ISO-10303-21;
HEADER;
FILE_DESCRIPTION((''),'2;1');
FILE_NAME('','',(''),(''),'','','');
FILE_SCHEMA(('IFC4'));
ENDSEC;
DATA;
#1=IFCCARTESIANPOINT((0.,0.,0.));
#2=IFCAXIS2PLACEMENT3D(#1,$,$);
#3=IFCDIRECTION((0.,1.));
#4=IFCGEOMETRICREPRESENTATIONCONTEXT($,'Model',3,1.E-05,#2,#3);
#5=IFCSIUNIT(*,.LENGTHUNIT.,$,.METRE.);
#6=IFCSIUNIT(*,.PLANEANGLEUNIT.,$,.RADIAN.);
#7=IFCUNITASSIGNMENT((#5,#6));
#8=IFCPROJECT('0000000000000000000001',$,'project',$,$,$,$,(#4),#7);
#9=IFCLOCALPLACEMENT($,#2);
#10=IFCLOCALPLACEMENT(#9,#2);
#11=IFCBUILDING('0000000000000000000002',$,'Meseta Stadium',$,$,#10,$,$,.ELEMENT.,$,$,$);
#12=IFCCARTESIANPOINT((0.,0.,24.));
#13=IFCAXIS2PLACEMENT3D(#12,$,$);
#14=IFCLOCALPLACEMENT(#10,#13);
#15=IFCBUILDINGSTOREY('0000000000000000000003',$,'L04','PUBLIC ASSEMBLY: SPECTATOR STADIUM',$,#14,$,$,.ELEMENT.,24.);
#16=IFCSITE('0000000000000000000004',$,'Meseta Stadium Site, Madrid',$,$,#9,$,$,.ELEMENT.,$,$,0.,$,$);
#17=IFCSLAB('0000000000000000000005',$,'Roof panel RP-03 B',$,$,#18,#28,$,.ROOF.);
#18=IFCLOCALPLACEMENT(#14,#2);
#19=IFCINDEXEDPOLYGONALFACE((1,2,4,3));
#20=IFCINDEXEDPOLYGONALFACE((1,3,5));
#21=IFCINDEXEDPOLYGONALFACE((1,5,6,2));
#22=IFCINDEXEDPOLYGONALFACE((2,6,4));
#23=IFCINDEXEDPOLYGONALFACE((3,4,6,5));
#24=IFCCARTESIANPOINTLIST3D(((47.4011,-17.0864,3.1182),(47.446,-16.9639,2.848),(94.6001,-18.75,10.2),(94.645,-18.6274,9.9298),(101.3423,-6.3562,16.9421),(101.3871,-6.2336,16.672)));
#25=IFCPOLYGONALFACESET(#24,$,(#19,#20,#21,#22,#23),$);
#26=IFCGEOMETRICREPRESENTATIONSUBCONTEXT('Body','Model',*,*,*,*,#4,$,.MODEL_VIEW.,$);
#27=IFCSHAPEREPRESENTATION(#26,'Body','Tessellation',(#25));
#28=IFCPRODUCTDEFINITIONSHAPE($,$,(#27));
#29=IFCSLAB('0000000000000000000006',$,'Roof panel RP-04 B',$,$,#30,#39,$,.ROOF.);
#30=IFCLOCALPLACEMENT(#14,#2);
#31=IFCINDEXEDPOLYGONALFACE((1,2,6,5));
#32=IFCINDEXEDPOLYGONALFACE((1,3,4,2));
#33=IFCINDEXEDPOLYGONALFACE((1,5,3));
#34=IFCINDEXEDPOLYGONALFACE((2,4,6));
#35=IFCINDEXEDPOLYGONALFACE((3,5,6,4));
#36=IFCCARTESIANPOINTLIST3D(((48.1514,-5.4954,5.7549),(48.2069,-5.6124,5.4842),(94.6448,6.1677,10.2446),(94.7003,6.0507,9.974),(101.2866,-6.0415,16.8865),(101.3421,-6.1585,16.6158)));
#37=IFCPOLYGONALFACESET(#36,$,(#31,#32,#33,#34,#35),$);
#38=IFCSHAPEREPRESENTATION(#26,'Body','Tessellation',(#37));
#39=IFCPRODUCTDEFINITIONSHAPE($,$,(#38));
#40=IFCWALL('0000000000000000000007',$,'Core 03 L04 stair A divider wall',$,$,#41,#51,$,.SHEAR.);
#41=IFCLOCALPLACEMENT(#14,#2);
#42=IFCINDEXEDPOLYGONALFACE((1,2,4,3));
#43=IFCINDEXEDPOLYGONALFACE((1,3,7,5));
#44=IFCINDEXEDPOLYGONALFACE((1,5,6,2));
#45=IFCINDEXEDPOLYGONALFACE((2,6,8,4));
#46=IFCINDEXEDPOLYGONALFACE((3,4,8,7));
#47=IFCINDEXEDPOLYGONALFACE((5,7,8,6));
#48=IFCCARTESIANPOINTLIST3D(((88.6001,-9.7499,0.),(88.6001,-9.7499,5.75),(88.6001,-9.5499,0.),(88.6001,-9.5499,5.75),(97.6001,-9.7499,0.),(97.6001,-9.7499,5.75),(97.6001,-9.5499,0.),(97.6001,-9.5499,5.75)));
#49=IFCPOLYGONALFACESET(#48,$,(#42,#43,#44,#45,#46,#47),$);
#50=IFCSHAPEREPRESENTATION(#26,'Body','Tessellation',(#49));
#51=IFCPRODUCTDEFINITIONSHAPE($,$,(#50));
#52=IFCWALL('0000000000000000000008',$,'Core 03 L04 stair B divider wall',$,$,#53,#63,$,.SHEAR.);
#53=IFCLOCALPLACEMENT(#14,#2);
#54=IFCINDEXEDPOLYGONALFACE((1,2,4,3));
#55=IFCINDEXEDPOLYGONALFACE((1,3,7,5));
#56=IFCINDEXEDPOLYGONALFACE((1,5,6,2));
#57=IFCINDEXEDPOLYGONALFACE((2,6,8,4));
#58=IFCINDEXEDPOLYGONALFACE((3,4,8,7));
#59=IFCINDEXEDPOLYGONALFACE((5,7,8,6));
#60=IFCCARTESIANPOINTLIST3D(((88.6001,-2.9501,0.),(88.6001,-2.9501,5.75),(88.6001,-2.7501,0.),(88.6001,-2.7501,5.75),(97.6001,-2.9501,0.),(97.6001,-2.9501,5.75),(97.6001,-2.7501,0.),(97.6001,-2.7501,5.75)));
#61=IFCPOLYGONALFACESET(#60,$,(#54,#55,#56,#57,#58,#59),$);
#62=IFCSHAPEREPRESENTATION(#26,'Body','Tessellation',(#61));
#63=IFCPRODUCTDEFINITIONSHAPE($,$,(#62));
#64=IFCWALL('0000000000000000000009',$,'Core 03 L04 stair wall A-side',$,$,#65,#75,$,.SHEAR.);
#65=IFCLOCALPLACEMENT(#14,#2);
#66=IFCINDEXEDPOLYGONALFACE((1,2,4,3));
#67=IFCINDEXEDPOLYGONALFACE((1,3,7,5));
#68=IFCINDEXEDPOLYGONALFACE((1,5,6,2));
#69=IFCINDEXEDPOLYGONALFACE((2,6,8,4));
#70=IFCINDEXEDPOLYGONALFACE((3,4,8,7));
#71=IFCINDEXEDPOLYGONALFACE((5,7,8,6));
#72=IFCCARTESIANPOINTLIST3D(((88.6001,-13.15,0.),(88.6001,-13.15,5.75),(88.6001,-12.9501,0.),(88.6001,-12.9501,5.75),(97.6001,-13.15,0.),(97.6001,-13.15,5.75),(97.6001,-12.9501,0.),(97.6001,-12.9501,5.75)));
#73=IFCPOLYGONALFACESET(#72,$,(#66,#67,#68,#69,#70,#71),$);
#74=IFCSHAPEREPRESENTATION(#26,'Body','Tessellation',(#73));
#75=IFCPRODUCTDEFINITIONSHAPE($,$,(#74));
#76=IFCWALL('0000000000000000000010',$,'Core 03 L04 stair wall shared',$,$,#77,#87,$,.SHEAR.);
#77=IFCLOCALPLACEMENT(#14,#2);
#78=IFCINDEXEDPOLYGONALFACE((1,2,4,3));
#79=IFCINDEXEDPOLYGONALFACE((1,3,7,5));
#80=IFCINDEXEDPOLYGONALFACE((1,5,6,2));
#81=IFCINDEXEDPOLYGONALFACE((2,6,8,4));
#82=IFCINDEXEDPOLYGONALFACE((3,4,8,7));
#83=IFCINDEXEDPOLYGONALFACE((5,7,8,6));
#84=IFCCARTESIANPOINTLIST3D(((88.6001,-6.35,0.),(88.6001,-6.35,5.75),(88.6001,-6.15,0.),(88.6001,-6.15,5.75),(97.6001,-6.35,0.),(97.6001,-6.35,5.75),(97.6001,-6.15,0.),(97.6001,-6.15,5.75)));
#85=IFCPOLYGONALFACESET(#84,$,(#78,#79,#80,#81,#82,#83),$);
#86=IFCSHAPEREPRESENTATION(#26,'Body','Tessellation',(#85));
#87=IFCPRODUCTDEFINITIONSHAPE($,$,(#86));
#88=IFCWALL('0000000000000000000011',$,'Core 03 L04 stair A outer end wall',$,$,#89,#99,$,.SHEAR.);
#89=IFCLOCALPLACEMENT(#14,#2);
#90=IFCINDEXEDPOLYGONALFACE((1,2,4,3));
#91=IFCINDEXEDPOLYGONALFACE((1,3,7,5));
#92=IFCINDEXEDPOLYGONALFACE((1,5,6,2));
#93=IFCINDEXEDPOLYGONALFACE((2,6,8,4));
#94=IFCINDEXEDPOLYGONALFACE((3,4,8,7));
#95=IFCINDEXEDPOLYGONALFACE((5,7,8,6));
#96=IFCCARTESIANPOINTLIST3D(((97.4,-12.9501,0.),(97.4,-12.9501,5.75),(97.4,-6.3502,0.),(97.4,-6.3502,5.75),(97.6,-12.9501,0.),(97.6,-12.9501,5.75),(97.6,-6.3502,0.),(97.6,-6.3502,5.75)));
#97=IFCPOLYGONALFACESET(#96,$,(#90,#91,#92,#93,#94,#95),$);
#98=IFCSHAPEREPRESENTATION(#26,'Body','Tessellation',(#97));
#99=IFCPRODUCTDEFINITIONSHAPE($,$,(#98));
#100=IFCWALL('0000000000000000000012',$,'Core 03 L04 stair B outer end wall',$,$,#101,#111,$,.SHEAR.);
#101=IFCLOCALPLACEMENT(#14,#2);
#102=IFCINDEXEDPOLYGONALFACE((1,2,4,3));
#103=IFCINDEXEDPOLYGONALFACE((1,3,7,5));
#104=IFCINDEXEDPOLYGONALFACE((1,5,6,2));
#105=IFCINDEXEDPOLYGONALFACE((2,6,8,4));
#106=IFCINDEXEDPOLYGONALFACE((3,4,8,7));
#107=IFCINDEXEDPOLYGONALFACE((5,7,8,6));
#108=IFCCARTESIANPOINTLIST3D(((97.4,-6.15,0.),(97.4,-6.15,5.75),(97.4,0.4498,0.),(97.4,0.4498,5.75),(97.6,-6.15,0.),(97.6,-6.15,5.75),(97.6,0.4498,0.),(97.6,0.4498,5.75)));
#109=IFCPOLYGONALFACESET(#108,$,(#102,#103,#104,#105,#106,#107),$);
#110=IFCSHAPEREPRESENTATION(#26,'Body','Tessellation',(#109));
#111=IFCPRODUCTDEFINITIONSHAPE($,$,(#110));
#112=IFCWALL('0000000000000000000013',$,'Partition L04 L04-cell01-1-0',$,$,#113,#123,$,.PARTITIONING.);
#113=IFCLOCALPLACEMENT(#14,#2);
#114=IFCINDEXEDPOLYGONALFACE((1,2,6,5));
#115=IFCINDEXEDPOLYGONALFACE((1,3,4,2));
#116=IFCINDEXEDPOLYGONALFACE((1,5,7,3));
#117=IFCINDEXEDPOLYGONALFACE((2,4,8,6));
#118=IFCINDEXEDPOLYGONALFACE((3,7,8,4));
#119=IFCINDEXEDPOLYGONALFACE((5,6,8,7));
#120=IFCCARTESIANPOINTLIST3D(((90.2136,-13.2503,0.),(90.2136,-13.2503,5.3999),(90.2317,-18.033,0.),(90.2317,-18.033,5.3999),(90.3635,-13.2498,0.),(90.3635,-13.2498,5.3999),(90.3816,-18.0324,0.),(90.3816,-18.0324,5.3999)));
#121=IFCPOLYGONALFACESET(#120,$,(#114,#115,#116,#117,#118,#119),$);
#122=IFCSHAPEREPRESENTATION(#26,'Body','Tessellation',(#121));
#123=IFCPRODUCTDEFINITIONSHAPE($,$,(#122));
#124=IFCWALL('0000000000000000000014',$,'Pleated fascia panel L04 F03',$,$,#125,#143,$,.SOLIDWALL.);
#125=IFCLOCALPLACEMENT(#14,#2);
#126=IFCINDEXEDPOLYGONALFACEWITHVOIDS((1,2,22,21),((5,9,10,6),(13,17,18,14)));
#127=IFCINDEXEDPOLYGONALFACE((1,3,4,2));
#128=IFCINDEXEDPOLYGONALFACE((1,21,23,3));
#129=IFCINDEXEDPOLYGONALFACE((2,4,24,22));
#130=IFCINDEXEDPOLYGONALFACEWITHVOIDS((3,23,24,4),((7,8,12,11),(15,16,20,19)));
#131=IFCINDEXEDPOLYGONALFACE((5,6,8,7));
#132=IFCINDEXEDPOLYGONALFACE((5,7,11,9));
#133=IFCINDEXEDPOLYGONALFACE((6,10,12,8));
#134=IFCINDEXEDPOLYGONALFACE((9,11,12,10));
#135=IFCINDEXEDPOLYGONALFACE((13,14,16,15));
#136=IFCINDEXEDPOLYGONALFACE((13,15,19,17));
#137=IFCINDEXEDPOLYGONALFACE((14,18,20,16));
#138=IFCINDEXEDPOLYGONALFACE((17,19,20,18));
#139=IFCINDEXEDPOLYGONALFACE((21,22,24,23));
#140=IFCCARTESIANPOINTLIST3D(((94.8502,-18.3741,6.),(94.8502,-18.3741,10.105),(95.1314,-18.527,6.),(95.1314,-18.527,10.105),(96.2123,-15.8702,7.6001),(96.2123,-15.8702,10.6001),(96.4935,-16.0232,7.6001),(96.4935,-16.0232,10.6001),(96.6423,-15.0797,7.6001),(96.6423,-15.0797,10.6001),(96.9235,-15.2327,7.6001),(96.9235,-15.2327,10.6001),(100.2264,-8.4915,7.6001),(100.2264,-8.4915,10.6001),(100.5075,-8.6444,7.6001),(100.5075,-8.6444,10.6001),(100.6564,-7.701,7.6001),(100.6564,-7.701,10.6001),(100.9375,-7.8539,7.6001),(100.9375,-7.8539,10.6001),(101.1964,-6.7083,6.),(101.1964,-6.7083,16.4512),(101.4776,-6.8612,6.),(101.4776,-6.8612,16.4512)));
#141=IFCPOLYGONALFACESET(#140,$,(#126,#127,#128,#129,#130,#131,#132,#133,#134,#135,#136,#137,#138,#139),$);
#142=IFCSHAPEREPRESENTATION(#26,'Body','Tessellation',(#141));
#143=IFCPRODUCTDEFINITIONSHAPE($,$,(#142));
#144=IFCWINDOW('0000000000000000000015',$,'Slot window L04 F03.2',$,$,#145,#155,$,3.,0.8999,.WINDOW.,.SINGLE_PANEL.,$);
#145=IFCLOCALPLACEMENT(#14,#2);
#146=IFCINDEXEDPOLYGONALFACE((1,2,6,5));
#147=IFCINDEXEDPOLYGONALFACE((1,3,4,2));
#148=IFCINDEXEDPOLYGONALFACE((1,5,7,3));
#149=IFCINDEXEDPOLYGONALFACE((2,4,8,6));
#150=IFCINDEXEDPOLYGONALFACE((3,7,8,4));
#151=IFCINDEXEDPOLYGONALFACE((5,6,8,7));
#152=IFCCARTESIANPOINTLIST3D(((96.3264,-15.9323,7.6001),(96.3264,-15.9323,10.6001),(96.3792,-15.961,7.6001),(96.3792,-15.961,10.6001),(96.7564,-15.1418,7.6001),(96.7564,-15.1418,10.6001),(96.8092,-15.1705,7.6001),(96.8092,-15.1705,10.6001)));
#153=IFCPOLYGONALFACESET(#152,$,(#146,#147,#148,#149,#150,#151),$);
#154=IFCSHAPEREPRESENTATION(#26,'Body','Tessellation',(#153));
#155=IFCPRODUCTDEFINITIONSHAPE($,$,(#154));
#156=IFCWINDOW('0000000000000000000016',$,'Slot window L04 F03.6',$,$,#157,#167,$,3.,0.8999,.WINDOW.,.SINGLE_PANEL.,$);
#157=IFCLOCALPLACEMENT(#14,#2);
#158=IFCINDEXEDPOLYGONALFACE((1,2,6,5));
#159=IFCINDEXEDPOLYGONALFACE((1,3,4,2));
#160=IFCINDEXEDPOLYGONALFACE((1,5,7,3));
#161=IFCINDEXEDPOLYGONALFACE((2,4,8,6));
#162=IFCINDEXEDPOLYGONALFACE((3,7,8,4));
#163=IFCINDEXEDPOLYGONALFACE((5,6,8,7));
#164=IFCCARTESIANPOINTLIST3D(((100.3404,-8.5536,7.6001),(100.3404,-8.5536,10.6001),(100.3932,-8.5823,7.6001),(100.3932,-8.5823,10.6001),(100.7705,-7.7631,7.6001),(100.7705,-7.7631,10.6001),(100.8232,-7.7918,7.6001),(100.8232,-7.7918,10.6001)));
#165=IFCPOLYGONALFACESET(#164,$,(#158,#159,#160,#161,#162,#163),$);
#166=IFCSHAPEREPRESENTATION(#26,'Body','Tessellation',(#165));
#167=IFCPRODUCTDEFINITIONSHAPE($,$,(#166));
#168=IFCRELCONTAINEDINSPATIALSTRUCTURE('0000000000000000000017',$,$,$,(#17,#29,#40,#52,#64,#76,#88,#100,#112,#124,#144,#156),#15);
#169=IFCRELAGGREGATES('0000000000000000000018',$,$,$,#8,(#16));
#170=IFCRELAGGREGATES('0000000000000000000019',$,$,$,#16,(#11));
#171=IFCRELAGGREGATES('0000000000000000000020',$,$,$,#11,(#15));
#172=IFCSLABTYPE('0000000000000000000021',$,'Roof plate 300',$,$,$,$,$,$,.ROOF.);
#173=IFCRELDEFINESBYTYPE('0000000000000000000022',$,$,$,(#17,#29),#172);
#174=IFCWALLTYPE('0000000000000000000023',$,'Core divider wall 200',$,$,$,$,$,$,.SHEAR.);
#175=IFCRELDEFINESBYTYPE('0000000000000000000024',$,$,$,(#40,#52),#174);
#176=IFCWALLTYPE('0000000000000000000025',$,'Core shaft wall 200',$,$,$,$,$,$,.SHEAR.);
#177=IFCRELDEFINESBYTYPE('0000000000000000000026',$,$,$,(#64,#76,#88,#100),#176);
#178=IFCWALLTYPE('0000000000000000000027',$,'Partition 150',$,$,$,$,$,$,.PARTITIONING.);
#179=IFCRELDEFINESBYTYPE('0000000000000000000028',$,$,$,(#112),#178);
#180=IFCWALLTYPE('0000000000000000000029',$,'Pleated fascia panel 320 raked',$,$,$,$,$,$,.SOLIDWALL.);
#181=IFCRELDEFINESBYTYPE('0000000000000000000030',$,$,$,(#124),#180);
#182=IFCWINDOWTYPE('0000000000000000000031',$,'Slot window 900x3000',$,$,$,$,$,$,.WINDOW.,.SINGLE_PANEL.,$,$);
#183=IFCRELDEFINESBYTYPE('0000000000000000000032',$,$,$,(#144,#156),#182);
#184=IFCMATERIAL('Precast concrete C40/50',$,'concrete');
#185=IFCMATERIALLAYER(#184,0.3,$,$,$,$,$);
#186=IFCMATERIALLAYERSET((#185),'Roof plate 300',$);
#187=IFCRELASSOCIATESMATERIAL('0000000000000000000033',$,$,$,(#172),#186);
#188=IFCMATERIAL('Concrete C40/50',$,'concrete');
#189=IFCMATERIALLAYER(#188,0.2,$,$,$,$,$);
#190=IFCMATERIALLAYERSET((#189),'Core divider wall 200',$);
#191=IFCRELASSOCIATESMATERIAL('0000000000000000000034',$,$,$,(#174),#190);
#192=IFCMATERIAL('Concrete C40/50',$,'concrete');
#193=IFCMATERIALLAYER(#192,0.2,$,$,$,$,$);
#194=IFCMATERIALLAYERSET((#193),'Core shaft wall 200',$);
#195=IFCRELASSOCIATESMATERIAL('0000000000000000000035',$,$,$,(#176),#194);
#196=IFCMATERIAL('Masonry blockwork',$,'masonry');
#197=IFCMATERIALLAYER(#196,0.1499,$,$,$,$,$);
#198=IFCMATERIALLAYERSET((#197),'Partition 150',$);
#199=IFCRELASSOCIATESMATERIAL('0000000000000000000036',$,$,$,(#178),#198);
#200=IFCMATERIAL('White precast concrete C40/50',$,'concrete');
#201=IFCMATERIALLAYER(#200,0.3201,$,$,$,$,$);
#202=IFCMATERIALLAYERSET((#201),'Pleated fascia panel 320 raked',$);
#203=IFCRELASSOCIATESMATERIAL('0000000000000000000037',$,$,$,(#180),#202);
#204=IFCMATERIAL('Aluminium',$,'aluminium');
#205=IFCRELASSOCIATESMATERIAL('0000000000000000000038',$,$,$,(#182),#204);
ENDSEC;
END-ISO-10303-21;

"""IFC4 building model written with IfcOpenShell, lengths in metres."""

from ifc_helpers import new_model, si_unit, direction, frame, frame_2d, origin, place, context, subcontext, project, spatial, polyline, rectangle, outline, extrude, material, layer, layer_set, type_object, element, fill, save


model = new_model("IFC4")

# Units and contexts
model_context = context("Model", 3, precision=1e-05, world=origin(), true_north=direction((0.0, 1.0)))
body_context = subcontext(model_context, "Body", "Model", "MODEL_VIEW")
ifc_project = project(units=[si_unit("LENGTHUNIT", "METRE"), si_unit("PLANEANGLEUNIT", "RADIAN")], contexts=[model_context])

# Site, building, storey
site_placement = place(None, origin())
site = spatial("IfcSite", under=ifc_project, at=site_placement, Name="Meseta Stadium Site, Madrid", CompositionType="ELEMENT", RefElevation=0.0)
building_placement = place(site_placement, origin())
building = spatial("IfcBuilding", under=site, at=building_placement, Name="Meseta Stadium", CompositionType="ELEMENT")
storey_placement = place(building_placement, frame((0.0, 0.0, 24.0)))
storey = spatial("IfcBuildingStorey", under=building, at=storey_placement, Name="L04", Description="PUBLIC ASSEMBLY: SPECTATOR STADIUM", CompositionType="ELEMENT", Elevation=24.0)

# Slabs
ifc_material_1 = material(Name="Precast concrete C40/50", Category="concrete")
ifc_layer_1 = layer(ifc_material_1, 0.3)
ifc_layer_set_1 = layer_set([ifc_layer_1], Name="Roof plate 300")
slab_type = type_object("IfcSlabType", Name="Roof plate 300", PredefinedType="ROOF", material=ifc_layer_set_1)
slab_1_placement = place(storey_placement, frame((94.6001, -18.75, 10.2), z_axis=(-0.1495, -0.408504, 0.90043), x_axis=(-0.98833, 0.034835, -0.14829)))
element("IfcSlab", 1, at=slab_1_placement, inside=storey, type_object=slab_type, Name="Roof panel RP-03 B", PredefinedType="ROOF", context=body_context, shape_type="SweptSolid", body=[
    extrude(outline(polyline([(0.0, 0.0), (47.7563, 0.0), (-7.2316, -13.8645), (0.0, 0.0)])), origin(), (0.0, 0.0, -1.0), 0.3),
])
slab_2_placement = place(storey_placement, frame((101.2866, -6.0415, 16.8865), z_axis=(-0.184958, 0.39008, 0.902014), x_axis=(-0.978703, 0.010059, -0.205034)))
element("IfcSlab", 2, at=slab_2_placement, inside=storey, type_object=slab_type, Name="Roof panel RP-04 B", PredefinedType="ROOF", context=body_context, shape_type="SweptSolid", body=[
    extrude(outline(polyline([(0.0, 0.0), (54.2915, 0.0), (7.985, -13.1732), (0.0, 0.0)])), origin(), (0.0, 0.0, -1.0), 0.3),
])

# Walls
ifc_material_2 = material(Name="Concrete C40/50", Category="concrete")
ifc_layer_2 = layer(ifc_material_2, 0.2)
ifc_layer_set_2 = layer_set([ifc_layer_2], Name="Core divider wall 200")
wall_type_1 = type_object("IfcWallType", Name="Core divider wall 200", PredefinedType="SHEAR", material=ifc_layer_set_2)
for number, where, z_axis, x_axis, name in (
    (3, (97.6001, -9.6499, 0.0), (0.0, 0.0, 1.0), (-1.0, 0.0, 0.0), "Core 03 L04 stair A divider wall"),
    (4, (97.6001, -2.8501, 0.0), (0.0, 0.0, 1.0), (-1.0, 0.0, 0.0), "Core 03 L04 stair B divider wall"),
):
    element("IfcWall", number, at=place(storey_placement, frame(where, z_axis=z_axis, x_axis=x_axis)), inside=storey, type_object=wall_type_1, Name=name, PredefinedType="SHEAR", context=body_context, shape_type="SweptSolid", body=[
        extrude(rectangle(XDim=9.0, YDim=0.2, at=frame_2d((4.5, 0.0))), origin(), (0.0, 0.0, 1.0), 5.75),
    ])
ifc_material_3 = material(Name="Concrete C40/50", Category="concrete")
ifc_layer_3 = layer(ifc_material_3, 0.2)
ifc_layer_set_3 = layer_set([ifc_layer_3], Name="Core shaft wall 200")
wall_type_2 = type_object("IfcWallType", Name="Core shaft wall 200", PredefinedType="SHEAR", material=ifc_layer_set_3)
for number, where, z_axis, x_axis, name in (
    (5, (97.6001, -13.05, 0.0), (0.0, 0.0, 1.0), (-1.0, 0.0, 0.0), "Core 03 L04 stair wall A-side"),
    (6, (97.6001, -6.25, 0.0), (0.0, 0.0, 1.0), (-1.0, 0.0, 0.0), "Core 03 L04 stair wall shared"),
):
    element("IfcWall", number, at=place(storey_placement, frame(where, z_axis=z_axis, x_axis=x_axis)), inside=storey, type_object=wall_type_2, Name=name, PredefinedType="SHEAR", context=body_context, shape_type="SweptSolid", body=[
        extrude(rectangle(XDim=9.0, YDim=0.2, at=frame_2d((4.5, 0.0))), origin(), (0.0, 0.0, 1.0), 5.75),
    ])
for number, where, z_axis, x_axis, name in (
    (7, (97.5, -12.95, 0.0), (0.0, 0.0, 1.0), (0.0, 1.0, 0.0), "Core 03 L04 stair A outer end wall"),
    (8, (97.5, -6.1499, 0.0), (0.0, 0.0, 1.0), (0.0, 1.0, 0.0), "Core 03 L04 stair B outer end wall"),
):
    element("IfcWall", number, at=place(storey_placement, frame(where, z_axis=z_axis, x_axis=x_axis)), inside=storey, type_object=wall_type_2, Name=name, PredefinedType="SHEAR", context=body_context, shape_type="SweptSolid", body=[
        extrude(rectangle(XDim=6.5999, YDim=0.2, at=frame_2d((3.2998, 0.0))), origin(), (0.0, 0.0, 1.0), 5.75),
    ])
ifc_material_4 = material(Name="Masonry blockwork", Category="masonry")
ifc_layer_4 = layer(ifc_material_4, 0.1499)
ifc_layer_set_4 = layer_set([ifc_layer_4], Name="Partition 150")
wall_type_3 = type_object("IfcWallType", Name="Partition 150", PredefinedType="PARTITIONING", material=ifc_layer_set_4)
wall_1_placement = place(storey_placement, frame((90.3066, -18.0327, 0.0), z_axis=(0.0, 0.0, 1.0), x_axis=(-0.003777, 0.999993, 0.0)))
element("IfcWall", 9, at=wall_1_placement, inside=storey, type_object=wall_type_3, Name="Partition L04 L04-cell01-1-0", PredefinedType="PARTITIONING", context=body_context, shape_type="SweptSolid", body=[
    extrude(rectangle(XDim=4.7827, YDim=0.1499, at=frame_2d((2.3914, 0.0))), origin(), (0.0, 0.0, 1.0), 5.3999),
])

# Wall, openings, windows
ifc_material_5 = material(Name="White precast concrete C40/50", Category="concrete")
ifc_layer_5 = layer(ifc_material_5, 0.3201)
ifc_layer_set_5 = layer_set([ifc_layer_5], Name="Pleated fascia panel 320 raked")
wall_type_4 = type_object("IfcWallType", Name="Pleated fascia panel 320 raked", PredefinedType="SOLIDWALL", material=ifc_layer_set_5)
wall_2_placement = place(storey_placement, frame((101.3369, -6.7847, 6.0), z_axis=(0.0, 0.0, 1.0), x_axis=(-0.477868, -0.878432, 0.0)))
wall_2 = element("IfcWall", 10, at=wall_2_placement, inside=storey, type_object=wall_type_4, Name="Pleated fascia panel L04 F03", PredefinedType="SOLIDWALL", context=body_context, shape_type="SweptSolid", body=[
    extrude(outline(polyline([(0.0, 0.0), (13.2803, 0.0), (13.2803, 4.105), (0.0, 10.4512), (0.0, 0.0)])), frame((0.0, 0.1602, 0.0), z_axis=(0.0, -1.0, 0.0), x_axis=(1.0, 0.0, 0.0)), (0.0, 0.0, 1.0), 0.3201),
])
opening_1_placement = place(wall_2_placement, frame((9.53, 0.0, 1.6001)))
opening_1 = element("IfcOpeningElement", 11, at=opening_1_placement, cuts=wall_2, PredefinedType="OPENING", context=body_context, shape_type="SweptSolid", body=[
    extrude(rectangle(XDim=0.8999, YDim=3.0, at=frame_2d((0.45, 1.5))), frame((0.0, 0.1699, 0.0), z_axis=(0.0, -1.0, 0.0), x_axis=(1.0, 0.0, 0.0)), (0.0, 0.0, 1.0), 0.3401),
])
opening_2_placement = place(wall_2_placement, frame((1.1301, 0.0, 1.6001)))
opening_2 = element("IfcOpeningElement", 12, at=opening_2_placement, cuts=wall_2, PredefinedType="OPENING", context=body_context, shape_type="SweptSolid", body=[
    extrude(rectangle(XDim=0.8999, YDim=3.0, at=frame_2d((0.45, 1.5))), frame((0.0, 0.1699, 0.0), z_axis=(0.0, -1.0, 0.0), x_axis=(1.0, 0.0, 0.0)), (0.0, 0.0, 1.0), 0.3401),
])
ifc_material_6 = material(Name="Aluminium", Category="aluminium")
window_type_1 = type_object("IfcWindowType", Name="Slot window 900x3000", PartitioningType="SINGLE_PANEL", PredefinedType="WINDOW", material=ifc_material_6)
window_1_placement = place(opening_1_placement, origin())
window_1 = element("IfcWindow", 13, at=window_1_placement, inside=storey, type_object=window_type_1, Name="Slot window L04 F03.2", OverallHeight=3.0, OverallWidth=0.8999, PartitioningType="SINGLE_PANEL", PredefinedType="WINDOW", context=body_context, shape_type="SweptSolid", body=[
    extrude(rectangle(XDim=0.8999, YDim=3.0, at=frame_2d((0.45, 1.5))), frame((0.0, 0.03, 0.0), z_axis=(0.0, -1.0, 0.0), x_axis=(1.0, 0.0, 0.0)), (0.0, 0.0, 1.0), 0.0601),
])
fill(opening_1, window_1)
window_2_placement = place(opening_2_placement, origin())
window_2 = element("IfcWindow", 14, at=window_2_placement, inside=storey, type_object=window_type_1, Name="Slot window L04 F03.6", OverallHeight=3.0, OverallWidth=0.8999, PartitioningType="SINGLE_PANEL", PredefinedType="WINDOW", context=body_context, shape_type="SweptSolid", body=[
    extrude(rectangle(XDim=0.8999, YDim=3.0, at=frame_2d((0.45, 1.5))), frame((0.0, 0.03, 0.0), z_axis=(0.0, -1.0, 0.0), x_axis=(1.0, 0.0, 0.0)), (0.0, 0.0, 1.0), 0.0601),
])
fill(opening_2, window_2)

save(model, "model.ifc")
